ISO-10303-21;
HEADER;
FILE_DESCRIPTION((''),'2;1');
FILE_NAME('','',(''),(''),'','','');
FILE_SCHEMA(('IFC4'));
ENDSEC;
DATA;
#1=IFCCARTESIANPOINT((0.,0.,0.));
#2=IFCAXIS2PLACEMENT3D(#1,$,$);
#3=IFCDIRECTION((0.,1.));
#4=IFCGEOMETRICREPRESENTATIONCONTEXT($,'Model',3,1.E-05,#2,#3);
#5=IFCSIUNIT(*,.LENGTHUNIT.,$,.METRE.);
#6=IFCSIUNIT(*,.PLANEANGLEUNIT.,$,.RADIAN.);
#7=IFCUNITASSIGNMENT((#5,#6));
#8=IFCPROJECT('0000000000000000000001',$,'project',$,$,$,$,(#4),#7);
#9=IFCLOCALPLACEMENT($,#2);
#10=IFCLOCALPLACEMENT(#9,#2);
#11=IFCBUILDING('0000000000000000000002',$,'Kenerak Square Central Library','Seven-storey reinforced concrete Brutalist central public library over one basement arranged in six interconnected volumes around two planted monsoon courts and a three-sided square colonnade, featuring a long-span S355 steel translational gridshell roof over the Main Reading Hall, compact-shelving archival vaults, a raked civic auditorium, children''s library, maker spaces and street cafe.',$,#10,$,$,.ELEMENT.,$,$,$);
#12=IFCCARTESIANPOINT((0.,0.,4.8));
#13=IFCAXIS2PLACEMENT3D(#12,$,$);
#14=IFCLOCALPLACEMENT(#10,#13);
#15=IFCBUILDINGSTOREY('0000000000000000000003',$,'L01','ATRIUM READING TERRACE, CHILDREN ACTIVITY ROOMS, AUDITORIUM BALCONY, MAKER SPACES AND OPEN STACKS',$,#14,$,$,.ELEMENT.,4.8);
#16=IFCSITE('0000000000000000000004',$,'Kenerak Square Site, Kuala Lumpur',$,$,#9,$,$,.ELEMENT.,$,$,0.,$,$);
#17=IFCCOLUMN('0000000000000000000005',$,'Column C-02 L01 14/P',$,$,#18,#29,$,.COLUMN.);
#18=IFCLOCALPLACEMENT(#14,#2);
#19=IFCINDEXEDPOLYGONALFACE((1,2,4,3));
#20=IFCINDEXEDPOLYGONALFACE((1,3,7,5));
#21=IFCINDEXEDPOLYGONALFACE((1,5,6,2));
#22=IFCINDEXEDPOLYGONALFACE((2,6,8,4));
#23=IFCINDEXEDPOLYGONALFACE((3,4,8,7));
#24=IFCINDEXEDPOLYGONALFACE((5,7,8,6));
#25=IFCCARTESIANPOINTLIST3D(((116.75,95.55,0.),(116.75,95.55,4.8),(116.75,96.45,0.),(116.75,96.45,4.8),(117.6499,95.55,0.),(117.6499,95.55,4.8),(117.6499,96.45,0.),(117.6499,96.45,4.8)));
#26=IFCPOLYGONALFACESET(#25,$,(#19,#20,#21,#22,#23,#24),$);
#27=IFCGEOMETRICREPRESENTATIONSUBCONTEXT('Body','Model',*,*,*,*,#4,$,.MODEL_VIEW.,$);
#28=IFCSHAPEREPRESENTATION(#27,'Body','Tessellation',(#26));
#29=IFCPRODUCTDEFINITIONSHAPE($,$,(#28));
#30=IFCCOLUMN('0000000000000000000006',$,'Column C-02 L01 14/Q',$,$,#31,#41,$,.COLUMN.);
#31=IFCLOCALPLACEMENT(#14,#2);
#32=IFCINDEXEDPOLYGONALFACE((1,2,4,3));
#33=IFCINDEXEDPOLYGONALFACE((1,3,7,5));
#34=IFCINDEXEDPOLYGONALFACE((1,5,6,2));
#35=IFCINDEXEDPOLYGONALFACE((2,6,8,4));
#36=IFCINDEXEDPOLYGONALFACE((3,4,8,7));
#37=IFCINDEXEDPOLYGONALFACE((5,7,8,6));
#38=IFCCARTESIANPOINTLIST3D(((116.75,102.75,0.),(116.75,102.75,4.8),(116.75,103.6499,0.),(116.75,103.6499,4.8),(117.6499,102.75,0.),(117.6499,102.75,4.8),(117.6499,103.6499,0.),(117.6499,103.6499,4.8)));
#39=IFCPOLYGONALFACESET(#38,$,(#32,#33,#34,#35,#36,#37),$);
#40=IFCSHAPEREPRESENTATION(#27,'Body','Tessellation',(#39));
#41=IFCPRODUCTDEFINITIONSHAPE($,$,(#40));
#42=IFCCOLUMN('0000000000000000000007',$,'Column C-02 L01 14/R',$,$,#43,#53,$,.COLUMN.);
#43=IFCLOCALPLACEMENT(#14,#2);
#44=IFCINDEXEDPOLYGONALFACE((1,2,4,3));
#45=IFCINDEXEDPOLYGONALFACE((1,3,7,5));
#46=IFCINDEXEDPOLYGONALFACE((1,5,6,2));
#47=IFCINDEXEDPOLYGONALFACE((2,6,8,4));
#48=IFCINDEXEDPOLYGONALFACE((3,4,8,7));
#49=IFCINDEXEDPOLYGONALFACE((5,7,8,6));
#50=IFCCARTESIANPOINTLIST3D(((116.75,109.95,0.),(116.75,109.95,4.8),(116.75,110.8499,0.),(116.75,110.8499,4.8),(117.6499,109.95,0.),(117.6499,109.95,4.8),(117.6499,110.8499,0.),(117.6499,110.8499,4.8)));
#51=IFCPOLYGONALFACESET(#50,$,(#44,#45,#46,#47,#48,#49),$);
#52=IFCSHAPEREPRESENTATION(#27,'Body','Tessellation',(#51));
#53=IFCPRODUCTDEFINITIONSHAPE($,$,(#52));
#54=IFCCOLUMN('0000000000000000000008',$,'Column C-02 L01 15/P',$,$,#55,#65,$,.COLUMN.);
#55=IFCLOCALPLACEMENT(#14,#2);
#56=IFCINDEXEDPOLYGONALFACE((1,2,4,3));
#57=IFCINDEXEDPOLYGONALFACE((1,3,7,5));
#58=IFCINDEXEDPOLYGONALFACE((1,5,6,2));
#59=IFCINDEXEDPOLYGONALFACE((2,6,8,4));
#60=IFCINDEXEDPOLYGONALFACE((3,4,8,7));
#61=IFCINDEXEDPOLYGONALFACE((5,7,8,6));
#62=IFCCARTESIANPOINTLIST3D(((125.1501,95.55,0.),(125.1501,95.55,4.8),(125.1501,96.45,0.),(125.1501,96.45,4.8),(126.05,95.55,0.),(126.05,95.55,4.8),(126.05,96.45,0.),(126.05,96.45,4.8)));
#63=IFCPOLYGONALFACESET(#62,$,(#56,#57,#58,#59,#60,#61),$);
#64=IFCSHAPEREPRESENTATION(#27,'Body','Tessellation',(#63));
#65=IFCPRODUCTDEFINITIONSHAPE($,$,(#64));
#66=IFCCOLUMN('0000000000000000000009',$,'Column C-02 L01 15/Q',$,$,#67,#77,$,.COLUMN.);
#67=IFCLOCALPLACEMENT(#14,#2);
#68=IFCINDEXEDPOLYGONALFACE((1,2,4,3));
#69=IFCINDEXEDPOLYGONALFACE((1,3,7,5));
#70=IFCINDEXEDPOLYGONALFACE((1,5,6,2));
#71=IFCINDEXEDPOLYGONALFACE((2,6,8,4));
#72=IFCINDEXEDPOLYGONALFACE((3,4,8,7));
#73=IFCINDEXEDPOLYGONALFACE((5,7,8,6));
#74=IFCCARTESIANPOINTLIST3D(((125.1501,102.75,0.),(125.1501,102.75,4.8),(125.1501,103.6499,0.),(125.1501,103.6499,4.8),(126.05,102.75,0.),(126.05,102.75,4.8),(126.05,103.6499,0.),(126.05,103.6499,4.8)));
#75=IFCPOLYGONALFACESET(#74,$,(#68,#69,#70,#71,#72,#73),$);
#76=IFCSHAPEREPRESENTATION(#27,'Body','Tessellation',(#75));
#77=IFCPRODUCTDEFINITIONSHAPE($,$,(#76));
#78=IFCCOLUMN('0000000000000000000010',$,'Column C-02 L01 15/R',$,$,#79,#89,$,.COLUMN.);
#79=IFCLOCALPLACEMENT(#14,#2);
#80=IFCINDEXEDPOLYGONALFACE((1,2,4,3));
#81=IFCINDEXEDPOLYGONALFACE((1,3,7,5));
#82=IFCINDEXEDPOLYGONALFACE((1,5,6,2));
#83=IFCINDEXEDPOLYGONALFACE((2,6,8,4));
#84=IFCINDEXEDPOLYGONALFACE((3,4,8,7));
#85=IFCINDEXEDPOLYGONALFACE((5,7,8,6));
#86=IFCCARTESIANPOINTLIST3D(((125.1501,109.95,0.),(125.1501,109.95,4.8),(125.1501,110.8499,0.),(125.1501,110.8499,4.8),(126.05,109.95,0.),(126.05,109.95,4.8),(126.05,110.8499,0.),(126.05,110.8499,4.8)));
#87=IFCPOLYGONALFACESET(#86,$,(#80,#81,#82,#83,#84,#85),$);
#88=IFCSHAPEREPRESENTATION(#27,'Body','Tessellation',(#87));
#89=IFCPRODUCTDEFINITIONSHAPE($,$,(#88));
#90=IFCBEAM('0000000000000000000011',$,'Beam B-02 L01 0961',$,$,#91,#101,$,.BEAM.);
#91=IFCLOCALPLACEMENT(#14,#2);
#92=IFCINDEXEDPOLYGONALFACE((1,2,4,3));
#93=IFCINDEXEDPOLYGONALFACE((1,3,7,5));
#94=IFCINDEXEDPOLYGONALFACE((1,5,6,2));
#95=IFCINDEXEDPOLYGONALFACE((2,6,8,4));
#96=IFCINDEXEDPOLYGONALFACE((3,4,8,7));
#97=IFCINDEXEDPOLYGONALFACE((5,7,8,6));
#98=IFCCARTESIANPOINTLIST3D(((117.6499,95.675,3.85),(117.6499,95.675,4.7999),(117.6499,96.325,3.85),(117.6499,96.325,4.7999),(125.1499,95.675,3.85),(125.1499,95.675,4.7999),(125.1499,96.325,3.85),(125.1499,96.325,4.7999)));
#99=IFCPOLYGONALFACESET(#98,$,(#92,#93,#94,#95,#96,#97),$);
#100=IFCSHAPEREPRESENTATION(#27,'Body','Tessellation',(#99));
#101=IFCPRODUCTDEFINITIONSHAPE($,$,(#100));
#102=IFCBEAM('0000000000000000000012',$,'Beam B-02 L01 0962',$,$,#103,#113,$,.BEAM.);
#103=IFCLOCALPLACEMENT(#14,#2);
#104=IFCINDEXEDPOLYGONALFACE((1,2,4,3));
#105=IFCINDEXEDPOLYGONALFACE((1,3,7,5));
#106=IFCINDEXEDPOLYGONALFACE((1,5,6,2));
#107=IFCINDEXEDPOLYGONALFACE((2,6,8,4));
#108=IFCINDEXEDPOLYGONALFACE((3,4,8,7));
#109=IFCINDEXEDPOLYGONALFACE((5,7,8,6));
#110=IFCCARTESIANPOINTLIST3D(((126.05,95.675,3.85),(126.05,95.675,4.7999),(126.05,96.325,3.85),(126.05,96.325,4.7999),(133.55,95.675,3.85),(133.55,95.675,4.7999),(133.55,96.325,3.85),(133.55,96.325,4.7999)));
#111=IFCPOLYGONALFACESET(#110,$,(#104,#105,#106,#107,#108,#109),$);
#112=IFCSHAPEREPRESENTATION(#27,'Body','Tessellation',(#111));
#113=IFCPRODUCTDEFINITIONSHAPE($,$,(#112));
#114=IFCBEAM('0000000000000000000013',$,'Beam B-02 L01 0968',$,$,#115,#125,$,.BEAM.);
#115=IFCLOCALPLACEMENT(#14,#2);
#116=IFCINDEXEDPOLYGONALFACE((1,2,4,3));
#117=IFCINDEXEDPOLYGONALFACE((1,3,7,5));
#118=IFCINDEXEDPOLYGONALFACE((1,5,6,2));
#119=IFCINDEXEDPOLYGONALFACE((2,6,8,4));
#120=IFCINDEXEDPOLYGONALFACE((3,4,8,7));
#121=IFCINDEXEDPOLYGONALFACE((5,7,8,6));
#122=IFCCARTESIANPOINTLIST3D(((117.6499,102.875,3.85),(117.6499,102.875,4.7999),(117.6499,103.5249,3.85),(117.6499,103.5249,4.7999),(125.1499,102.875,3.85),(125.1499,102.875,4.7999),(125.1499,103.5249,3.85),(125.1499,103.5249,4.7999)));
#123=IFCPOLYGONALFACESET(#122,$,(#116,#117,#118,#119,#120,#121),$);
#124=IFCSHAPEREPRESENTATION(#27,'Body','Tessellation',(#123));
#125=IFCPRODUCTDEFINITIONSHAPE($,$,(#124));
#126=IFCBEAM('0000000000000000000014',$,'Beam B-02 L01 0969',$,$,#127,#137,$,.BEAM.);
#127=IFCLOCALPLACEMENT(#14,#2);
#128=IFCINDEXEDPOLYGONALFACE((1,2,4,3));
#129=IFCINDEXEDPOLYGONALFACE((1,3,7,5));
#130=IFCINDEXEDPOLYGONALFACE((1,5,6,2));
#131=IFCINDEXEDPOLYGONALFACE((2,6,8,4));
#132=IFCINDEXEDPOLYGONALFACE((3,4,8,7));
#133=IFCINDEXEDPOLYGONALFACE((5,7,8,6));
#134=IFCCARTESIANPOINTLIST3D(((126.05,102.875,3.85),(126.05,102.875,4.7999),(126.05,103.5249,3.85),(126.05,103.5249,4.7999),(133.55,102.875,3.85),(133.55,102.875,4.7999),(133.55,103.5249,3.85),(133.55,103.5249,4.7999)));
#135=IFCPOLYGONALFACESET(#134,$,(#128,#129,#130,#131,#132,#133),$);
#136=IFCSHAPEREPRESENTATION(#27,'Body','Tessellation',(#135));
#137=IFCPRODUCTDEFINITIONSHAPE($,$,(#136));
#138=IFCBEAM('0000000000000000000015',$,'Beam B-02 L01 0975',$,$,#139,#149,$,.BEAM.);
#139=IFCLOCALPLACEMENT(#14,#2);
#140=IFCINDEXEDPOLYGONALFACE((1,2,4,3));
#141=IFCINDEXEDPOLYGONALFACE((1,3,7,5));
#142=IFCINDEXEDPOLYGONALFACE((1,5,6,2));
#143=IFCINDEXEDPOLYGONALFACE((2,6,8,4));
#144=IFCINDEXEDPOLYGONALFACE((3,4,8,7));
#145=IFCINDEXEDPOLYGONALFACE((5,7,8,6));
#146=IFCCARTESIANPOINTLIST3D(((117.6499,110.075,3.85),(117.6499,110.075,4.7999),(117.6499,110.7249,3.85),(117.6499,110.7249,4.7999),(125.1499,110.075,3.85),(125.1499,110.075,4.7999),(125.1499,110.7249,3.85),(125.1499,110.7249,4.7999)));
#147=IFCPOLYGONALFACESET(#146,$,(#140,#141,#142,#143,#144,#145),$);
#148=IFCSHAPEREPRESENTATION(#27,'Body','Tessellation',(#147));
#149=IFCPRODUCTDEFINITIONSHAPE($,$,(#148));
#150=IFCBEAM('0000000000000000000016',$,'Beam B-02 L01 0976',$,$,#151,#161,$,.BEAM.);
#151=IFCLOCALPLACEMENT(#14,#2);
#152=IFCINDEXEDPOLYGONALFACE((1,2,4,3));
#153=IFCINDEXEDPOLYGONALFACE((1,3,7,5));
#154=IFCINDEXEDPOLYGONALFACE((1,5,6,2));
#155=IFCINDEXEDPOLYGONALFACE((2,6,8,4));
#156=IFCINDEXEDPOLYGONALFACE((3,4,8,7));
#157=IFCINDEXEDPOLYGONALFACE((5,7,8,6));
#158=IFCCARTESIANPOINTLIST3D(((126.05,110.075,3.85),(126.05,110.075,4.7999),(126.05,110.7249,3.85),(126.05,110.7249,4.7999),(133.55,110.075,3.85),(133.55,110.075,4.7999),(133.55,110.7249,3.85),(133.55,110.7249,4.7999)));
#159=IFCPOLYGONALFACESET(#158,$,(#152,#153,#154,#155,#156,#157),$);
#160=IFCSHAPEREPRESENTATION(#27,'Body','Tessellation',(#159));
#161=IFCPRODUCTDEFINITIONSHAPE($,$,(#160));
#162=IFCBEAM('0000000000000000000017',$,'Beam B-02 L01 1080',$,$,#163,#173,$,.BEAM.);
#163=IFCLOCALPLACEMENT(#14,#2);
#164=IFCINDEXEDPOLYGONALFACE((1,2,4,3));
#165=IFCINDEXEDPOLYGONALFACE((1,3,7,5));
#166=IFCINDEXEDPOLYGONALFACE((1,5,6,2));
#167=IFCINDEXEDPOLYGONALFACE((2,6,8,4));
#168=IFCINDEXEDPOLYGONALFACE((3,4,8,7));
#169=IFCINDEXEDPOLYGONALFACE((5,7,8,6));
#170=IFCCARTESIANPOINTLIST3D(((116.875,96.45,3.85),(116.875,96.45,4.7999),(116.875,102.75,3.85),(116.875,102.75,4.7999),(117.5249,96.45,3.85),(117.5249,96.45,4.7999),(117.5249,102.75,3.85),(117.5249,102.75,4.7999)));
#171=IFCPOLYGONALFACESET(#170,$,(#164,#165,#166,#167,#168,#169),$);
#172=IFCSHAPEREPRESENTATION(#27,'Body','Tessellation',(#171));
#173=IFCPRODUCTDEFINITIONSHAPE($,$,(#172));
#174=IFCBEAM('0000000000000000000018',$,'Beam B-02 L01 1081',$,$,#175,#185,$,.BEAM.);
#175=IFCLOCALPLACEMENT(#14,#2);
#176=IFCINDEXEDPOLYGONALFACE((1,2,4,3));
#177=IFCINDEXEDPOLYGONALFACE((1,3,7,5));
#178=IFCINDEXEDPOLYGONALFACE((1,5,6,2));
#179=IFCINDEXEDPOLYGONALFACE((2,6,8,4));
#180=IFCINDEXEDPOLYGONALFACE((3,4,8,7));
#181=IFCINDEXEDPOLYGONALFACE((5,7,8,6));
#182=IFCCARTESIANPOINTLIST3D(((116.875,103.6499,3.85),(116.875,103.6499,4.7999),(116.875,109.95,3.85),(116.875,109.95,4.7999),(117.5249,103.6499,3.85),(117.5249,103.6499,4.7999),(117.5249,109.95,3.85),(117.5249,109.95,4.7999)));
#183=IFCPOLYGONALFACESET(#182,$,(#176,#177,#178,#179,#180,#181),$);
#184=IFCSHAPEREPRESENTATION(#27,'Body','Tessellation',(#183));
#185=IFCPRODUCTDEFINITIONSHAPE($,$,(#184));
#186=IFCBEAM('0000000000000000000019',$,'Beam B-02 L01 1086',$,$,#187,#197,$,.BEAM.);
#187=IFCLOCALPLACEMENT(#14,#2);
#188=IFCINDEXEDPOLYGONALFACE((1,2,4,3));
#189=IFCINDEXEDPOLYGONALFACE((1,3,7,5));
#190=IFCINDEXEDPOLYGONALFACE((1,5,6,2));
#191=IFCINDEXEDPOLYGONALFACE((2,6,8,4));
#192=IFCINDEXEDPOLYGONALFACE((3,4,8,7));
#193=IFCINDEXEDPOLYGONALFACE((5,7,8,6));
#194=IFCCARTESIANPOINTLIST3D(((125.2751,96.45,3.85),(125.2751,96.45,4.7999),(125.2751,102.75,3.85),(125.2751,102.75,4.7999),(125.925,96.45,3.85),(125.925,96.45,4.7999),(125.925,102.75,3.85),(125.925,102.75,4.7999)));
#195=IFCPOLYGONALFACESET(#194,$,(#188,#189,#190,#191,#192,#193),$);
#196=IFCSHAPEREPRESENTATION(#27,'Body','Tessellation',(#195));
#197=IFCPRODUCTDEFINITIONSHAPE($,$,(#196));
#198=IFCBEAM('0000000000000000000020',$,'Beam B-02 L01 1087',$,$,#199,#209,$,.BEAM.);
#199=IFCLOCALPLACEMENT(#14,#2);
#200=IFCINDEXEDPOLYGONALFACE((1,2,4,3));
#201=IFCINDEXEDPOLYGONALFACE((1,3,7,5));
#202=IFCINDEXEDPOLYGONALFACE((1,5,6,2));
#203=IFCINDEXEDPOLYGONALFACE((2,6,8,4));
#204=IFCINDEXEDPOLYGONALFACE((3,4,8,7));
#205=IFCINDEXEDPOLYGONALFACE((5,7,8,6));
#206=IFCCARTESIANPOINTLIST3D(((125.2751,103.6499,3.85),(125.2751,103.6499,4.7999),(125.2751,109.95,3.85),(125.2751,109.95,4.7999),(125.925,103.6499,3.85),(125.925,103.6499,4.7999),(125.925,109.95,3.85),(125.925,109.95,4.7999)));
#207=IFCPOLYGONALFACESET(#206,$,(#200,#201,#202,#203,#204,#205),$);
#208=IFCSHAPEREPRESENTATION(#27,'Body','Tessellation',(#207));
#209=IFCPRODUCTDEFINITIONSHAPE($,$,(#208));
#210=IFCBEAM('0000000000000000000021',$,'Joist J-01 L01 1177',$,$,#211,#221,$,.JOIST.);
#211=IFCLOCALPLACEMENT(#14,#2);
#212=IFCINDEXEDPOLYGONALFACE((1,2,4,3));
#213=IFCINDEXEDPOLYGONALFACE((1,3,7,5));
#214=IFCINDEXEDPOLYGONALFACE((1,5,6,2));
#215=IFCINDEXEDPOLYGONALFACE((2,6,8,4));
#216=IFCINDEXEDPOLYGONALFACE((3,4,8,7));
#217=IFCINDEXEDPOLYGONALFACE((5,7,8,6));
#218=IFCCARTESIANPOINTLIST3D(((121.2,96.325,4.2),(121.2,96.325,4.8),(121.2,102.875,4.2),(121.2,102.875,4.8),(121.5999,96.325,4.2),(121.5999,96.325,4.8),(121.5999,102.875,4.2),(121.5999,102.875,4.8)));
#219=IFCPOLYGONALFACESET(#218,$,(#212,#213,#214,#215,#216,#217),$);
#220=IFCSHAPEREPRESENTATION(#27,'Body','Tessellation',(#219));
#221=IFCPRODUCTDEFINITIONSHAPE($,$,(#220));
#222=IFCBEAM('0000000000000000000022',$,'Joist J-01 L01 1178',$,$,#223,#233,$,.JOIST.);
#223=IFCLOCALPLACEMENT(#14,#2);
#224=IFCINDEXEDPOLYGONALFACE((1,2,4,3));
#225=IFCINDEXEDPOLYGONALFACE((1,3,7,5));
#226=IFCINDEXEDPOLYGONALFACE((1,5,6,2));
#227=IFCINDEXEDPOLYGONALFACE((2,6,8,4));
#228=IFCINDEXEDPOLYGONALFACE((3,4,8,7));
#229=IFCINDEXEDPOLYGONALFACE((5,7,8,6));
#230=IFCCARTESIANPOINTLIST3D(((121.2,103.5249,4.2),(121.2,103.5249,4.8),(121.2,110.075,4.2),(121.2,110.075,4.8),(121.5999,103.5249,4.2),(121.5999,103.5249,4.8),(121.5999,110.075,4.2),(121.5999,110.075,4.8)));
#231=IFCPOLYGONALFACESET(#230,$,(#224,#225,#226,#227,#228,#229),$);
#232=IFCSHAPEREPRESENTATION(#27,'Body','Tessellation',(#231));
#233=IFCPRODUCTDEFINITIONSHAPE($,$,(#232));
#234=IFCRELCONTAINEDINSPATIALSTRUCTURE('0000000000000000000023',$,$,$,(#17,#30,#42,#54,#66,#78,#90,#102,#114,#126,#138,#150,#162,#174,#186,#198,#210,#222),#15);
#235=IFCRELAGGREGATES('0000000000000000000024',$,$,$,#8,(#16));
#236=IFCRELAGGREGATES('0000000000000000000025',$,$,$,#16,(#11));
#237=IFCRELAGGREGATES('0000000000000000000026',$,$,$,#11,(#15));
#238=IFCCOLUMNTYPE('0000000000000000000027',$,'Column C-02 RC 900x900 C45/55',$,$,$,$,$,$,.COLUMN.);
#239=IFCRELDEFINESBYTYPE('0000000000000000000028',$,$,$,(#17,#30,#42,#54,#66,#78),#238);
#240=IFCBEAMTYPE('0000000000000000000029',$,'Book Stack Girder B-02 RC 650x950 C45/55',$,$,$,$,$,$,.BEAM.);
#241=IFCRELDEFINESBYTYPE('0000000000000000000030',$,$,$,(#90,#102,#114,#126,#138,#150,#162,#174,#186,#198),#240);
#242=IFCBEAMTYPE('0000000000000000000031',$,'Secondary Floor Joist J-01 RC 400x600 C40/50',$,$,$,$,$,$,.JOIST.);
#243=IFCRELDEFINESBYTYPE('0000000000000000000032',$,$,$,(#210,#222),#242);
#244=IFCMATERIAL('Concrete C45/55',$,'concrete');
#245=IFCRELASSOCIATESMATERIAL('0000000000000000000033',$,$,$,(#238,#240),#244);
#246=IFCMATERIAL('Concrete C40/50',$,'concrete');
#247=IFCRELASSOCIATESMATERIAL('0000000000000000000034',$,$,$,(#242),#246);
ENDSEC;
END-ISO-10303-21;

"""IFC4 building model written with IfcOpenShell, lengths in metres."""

from ifc_helpers import new_model, si_unit, direction, frame, origin, origin_2d, place, context, subcontext, project, spatial, rectangle, extrude, material, material_profile, profile_set, type_object, element, save


model = new_model("IFC4")

# Units and contexts
model_context = context("Model", 3, precision=1e-05, world=origin(), true_north=direction((0.0, 1.0)))
body_context = subcontext(model_context, "Body", "Model", "MODEL_VIEW")
ifc_project = project(units=[si_unit("LENGTHUNIT", "METRE"), si_unit("PLANEANGLEUNIT", "RADIAN")], contexts=[model_context])

# Site, building, storey
site_placement = place(None, origin())
site = spatial("IfcSite", under=ifc_project, at=site_placement, Name="Kenerak Square Site, Kuala Lumpur", CompositionType="ELEMENT", RefElevation=0.0)
building_placement = place(site_placement, origin())
building = spatial("IfcBuilding", under=site, at=building_placement, Name="Kenerak Square Central Library", Description="Seven-storey reinforced concrete Brutalist central public library over one basement arranged in six interconnected volumes around two planted monsoon courts and a three-sided square colonnade, featuring a long-span S355 steel translational gridshell roof over the Main Reading Hall, compact-shelving archival vaults, a raked civic auditorium, children's library, maker spaces and street cafe.", CompositionType="ELEMENT")
storey_placement = place(building_placement, frame((0.0, 0.0, 4.8)))
storey = spatial("IfcBuildingStorey", under=building, at=storey_placement, Name="L01", Description="ATRIUM READING TERRACE, CHILDREN ACTIVITY ROOMS, AUDITORIUM BALCONY, MAKER SPACES AND OPEN STACKS", CompositionType="ELEMENT", Elevation=4.8)

# Columns
ifc_material_1 = material(Name="Concrete C45/55", Category="concrete")
ifc_material_profile_1 = material_profile(ifc_material_1, rectangle(XDim=0.8999, YDim=0.8999, at=origin_2d()), Name="RC 900x900")
ifc_profile_set_1 = profile_set([ifc_material_profile_1], Name="Concrete C45/55")
column_type = type_object("IfcColumnType", Name="Column C-02 RC 900x900 C45/55", PredefinedType="COLUMN", material=ifc_profile_set_1)
for number, where, z_axis, x_axis, name in (
    (1, (117.2, 96.0, 0.0), (0.0, 0.0, 1.0), (1.0, 0.0, 0.0), "Column C-02 L01 14/P"),
    (2, (117.2, 103.2, 0.0), (0.0, 0.0, 1.0), (1.0, 0.0, 0.0), "Column C-02 L01 14/Q"),
    (3, (117.2, 110.3999, 0.0), (0.0, 0.0, 1.0), (1.0, 0.0, 0.0), "Column C-02 L01 14/R"),
    (4, (125.6001, 96.0, 0.0), (0.0, 0.0, 1.0), (1.0, 0.0, 0.0), "Column C-02 L01 15/P"),
    (5, (125.6001, 103.2, 0.0), (0.0, 0.0, 1.0), (1.0, 0.0, 0.0), "Column C-02 L01 15/Q"),
    (6, (125.6001, 110.3999, 0.0), (0.0, 0.0, 1.0), (1.0, 0.0, 0.0), "Column C-02 L01 15/R"),
):
    element("IfcColumn", number, at=place(storey_placement, frame(where, z_axis=z_axis, x_axis=x_axis)), inside=storey, type_object=column_type, Name=name, PredefinedType="COLUMN", context=body_context, shape_type="SweptSolid", body=[
        extrude(rectangle(XDim=0.8999, YDim=0.8999, at=origin_2d()), origin(), (0.0, 0.0, 1.0), 4.8),
    ])

# Beams
ifc_material_profile_2 = material_profile(ifc_material_1, rectangle(XDim=0.6499, YDim=0.95, at=origin_2d()), Name="RC 650x950")
ifc_profile_set_2 = profile_set([ifc_material_profile_2], Name="Concrete C45/55")
beam_type_1 = type_object("IfcBeamType", Name="Book Stack Girder B-02 RC 650x950 C45/55", PredefinedType="BEAM", material=ifc_profile_set_2)
for number, where, z_axis, x_axis, name in (
    (7, (117.6499, 96.0, 4.325), (1.0, 0.0, 0.0), (0.0, 1.0, 0.0), "Beam B-02 L01 0961"),
    (8, (126.05, 96.0, 4.325), (1.0, 0.0, 0.0), (0.0, 1.0, 0.0), "Beam B-02 L01 0962"),
    (9, (117.6499, 103.2, 4.325), (1.0, 0.0, 0.0), (0.0, 1.0, 0.0), "Beam B-02 L01 0968"),
    (10, (126.05, 103.2, 4.325), (1.0, 0.0, 0.0), (0.0, 1.0, 0.0), "Beam B-02 L01 0969"),
    (11, (117.6499, 110.3999, 4.325), (1.0, 0.0, 0.0), (0.0, 1.0, 0.0), "Beam B-02 L01 0975"),
    (12, (126.05, 110.3999, 4.325), (1.0, 0.0, 0.0), (0.0, 1.0, 0.0), "Beam B-02 L01 0976"),
):
    element("IfcBeam", number, at=place(storey_placement, frame(where, z_axis=z_axis, x_axis=x_axis)), inside=storey, type_object=beam_type_1, Name=name, PredefinedType="BEAM", context=body_context, shape_type="SweptSolid", body=[
        extrude(rectangle(XDim=0.6499, YDim=0.95, at=origin_2d()), origin(), (0.0, 0.0, 1.0), 7.5),
    ])
for number, where, z_axis, x_axis, name in (
    (13, (117.2, 96.45, 4.325), (0.0, 1.0, 0.0), (-1.0, 0.0, 0.0), "Beam B-02 L01 1080"),
    (14, (117.2, 103.6499, 4.325), (0.0, 1.0, 0.0), (-1.0, 0.0, 0.0), "Beam B-02 L01 1081"),
    (15, (125.6001, 96.45, 4.325), (0.0, 1.0, 0.0), (-1.0, 0.0, 0.0), "Beam B-02 L01 1086"),
    (16, (125.6001, 103.6499, 4.325), (0.0, 1.0, 0.0), (-1.0, 0.0, 0.0), "Beam B-02 L01 1087"),
):
    element("IfcBeam", number, at=place(storey_placement, frame(where, z_axis=z_axis, x_axis=x_axis)), inside=storey, type_object=beam_type_1, Name=name, PredefinedType="BEAM", context=body_context, shape_type="SweptSolid", body=[
        extrude(rectangle(XDim=0.6499, YDim=0.95, at=origin_2d()), origin(), (0.0, 0.0, 1.0), 6.3),
    ])
ifc_material_2 = material(Name="Concrete C40/50", Category="concrete")
ifc_material_profile_3 = material_profile(ifc_material_2, rectangle(XDim=0.3999, YDim=0.6001, at=origin_2d()), Name="RC 400x600")
ifc_profile_set_3 = profile_set([ifc_material_profile_3], Name="Concrete C40/50")
beam_type_2 = type_object("IfcBeamType", Name="Secondary Floor Joist J-01 RC 400x600 C40/50", PredefinedType="JOIST", material=ifc_profile_set_3)
for number, where, z_axis, x_axis, name in (
    (17, (121.3999, 96.325, 4.5), (0.0, 1.0, 0.0), (-1.0, 0.0, 0.0), "Joist J-01 L01 1177"),
    (18, (121.3999, 103.5249, 4.5), (0.0, 1.0, 0.0), (-1.0, 0.0, 0.0), "Joist J-01 L01 1178"),
):
    element("IfcBeam", number, at=place(storey_placement, frame(where, z_axis=z_axis, x_axis=x_axis)), inside=storey, type_object=beam_type_2, Name=name, PredefinedType="JOIST", context=body_context, shape_type="SweptSolid", body=[
        extrude(rectangle(XDim=0.3999, YDim=0.6001, at=origin_2d()), origin(), (0.0, 0.0, 1.0), 6.55),
    ])

save(model, "model.ifc")
